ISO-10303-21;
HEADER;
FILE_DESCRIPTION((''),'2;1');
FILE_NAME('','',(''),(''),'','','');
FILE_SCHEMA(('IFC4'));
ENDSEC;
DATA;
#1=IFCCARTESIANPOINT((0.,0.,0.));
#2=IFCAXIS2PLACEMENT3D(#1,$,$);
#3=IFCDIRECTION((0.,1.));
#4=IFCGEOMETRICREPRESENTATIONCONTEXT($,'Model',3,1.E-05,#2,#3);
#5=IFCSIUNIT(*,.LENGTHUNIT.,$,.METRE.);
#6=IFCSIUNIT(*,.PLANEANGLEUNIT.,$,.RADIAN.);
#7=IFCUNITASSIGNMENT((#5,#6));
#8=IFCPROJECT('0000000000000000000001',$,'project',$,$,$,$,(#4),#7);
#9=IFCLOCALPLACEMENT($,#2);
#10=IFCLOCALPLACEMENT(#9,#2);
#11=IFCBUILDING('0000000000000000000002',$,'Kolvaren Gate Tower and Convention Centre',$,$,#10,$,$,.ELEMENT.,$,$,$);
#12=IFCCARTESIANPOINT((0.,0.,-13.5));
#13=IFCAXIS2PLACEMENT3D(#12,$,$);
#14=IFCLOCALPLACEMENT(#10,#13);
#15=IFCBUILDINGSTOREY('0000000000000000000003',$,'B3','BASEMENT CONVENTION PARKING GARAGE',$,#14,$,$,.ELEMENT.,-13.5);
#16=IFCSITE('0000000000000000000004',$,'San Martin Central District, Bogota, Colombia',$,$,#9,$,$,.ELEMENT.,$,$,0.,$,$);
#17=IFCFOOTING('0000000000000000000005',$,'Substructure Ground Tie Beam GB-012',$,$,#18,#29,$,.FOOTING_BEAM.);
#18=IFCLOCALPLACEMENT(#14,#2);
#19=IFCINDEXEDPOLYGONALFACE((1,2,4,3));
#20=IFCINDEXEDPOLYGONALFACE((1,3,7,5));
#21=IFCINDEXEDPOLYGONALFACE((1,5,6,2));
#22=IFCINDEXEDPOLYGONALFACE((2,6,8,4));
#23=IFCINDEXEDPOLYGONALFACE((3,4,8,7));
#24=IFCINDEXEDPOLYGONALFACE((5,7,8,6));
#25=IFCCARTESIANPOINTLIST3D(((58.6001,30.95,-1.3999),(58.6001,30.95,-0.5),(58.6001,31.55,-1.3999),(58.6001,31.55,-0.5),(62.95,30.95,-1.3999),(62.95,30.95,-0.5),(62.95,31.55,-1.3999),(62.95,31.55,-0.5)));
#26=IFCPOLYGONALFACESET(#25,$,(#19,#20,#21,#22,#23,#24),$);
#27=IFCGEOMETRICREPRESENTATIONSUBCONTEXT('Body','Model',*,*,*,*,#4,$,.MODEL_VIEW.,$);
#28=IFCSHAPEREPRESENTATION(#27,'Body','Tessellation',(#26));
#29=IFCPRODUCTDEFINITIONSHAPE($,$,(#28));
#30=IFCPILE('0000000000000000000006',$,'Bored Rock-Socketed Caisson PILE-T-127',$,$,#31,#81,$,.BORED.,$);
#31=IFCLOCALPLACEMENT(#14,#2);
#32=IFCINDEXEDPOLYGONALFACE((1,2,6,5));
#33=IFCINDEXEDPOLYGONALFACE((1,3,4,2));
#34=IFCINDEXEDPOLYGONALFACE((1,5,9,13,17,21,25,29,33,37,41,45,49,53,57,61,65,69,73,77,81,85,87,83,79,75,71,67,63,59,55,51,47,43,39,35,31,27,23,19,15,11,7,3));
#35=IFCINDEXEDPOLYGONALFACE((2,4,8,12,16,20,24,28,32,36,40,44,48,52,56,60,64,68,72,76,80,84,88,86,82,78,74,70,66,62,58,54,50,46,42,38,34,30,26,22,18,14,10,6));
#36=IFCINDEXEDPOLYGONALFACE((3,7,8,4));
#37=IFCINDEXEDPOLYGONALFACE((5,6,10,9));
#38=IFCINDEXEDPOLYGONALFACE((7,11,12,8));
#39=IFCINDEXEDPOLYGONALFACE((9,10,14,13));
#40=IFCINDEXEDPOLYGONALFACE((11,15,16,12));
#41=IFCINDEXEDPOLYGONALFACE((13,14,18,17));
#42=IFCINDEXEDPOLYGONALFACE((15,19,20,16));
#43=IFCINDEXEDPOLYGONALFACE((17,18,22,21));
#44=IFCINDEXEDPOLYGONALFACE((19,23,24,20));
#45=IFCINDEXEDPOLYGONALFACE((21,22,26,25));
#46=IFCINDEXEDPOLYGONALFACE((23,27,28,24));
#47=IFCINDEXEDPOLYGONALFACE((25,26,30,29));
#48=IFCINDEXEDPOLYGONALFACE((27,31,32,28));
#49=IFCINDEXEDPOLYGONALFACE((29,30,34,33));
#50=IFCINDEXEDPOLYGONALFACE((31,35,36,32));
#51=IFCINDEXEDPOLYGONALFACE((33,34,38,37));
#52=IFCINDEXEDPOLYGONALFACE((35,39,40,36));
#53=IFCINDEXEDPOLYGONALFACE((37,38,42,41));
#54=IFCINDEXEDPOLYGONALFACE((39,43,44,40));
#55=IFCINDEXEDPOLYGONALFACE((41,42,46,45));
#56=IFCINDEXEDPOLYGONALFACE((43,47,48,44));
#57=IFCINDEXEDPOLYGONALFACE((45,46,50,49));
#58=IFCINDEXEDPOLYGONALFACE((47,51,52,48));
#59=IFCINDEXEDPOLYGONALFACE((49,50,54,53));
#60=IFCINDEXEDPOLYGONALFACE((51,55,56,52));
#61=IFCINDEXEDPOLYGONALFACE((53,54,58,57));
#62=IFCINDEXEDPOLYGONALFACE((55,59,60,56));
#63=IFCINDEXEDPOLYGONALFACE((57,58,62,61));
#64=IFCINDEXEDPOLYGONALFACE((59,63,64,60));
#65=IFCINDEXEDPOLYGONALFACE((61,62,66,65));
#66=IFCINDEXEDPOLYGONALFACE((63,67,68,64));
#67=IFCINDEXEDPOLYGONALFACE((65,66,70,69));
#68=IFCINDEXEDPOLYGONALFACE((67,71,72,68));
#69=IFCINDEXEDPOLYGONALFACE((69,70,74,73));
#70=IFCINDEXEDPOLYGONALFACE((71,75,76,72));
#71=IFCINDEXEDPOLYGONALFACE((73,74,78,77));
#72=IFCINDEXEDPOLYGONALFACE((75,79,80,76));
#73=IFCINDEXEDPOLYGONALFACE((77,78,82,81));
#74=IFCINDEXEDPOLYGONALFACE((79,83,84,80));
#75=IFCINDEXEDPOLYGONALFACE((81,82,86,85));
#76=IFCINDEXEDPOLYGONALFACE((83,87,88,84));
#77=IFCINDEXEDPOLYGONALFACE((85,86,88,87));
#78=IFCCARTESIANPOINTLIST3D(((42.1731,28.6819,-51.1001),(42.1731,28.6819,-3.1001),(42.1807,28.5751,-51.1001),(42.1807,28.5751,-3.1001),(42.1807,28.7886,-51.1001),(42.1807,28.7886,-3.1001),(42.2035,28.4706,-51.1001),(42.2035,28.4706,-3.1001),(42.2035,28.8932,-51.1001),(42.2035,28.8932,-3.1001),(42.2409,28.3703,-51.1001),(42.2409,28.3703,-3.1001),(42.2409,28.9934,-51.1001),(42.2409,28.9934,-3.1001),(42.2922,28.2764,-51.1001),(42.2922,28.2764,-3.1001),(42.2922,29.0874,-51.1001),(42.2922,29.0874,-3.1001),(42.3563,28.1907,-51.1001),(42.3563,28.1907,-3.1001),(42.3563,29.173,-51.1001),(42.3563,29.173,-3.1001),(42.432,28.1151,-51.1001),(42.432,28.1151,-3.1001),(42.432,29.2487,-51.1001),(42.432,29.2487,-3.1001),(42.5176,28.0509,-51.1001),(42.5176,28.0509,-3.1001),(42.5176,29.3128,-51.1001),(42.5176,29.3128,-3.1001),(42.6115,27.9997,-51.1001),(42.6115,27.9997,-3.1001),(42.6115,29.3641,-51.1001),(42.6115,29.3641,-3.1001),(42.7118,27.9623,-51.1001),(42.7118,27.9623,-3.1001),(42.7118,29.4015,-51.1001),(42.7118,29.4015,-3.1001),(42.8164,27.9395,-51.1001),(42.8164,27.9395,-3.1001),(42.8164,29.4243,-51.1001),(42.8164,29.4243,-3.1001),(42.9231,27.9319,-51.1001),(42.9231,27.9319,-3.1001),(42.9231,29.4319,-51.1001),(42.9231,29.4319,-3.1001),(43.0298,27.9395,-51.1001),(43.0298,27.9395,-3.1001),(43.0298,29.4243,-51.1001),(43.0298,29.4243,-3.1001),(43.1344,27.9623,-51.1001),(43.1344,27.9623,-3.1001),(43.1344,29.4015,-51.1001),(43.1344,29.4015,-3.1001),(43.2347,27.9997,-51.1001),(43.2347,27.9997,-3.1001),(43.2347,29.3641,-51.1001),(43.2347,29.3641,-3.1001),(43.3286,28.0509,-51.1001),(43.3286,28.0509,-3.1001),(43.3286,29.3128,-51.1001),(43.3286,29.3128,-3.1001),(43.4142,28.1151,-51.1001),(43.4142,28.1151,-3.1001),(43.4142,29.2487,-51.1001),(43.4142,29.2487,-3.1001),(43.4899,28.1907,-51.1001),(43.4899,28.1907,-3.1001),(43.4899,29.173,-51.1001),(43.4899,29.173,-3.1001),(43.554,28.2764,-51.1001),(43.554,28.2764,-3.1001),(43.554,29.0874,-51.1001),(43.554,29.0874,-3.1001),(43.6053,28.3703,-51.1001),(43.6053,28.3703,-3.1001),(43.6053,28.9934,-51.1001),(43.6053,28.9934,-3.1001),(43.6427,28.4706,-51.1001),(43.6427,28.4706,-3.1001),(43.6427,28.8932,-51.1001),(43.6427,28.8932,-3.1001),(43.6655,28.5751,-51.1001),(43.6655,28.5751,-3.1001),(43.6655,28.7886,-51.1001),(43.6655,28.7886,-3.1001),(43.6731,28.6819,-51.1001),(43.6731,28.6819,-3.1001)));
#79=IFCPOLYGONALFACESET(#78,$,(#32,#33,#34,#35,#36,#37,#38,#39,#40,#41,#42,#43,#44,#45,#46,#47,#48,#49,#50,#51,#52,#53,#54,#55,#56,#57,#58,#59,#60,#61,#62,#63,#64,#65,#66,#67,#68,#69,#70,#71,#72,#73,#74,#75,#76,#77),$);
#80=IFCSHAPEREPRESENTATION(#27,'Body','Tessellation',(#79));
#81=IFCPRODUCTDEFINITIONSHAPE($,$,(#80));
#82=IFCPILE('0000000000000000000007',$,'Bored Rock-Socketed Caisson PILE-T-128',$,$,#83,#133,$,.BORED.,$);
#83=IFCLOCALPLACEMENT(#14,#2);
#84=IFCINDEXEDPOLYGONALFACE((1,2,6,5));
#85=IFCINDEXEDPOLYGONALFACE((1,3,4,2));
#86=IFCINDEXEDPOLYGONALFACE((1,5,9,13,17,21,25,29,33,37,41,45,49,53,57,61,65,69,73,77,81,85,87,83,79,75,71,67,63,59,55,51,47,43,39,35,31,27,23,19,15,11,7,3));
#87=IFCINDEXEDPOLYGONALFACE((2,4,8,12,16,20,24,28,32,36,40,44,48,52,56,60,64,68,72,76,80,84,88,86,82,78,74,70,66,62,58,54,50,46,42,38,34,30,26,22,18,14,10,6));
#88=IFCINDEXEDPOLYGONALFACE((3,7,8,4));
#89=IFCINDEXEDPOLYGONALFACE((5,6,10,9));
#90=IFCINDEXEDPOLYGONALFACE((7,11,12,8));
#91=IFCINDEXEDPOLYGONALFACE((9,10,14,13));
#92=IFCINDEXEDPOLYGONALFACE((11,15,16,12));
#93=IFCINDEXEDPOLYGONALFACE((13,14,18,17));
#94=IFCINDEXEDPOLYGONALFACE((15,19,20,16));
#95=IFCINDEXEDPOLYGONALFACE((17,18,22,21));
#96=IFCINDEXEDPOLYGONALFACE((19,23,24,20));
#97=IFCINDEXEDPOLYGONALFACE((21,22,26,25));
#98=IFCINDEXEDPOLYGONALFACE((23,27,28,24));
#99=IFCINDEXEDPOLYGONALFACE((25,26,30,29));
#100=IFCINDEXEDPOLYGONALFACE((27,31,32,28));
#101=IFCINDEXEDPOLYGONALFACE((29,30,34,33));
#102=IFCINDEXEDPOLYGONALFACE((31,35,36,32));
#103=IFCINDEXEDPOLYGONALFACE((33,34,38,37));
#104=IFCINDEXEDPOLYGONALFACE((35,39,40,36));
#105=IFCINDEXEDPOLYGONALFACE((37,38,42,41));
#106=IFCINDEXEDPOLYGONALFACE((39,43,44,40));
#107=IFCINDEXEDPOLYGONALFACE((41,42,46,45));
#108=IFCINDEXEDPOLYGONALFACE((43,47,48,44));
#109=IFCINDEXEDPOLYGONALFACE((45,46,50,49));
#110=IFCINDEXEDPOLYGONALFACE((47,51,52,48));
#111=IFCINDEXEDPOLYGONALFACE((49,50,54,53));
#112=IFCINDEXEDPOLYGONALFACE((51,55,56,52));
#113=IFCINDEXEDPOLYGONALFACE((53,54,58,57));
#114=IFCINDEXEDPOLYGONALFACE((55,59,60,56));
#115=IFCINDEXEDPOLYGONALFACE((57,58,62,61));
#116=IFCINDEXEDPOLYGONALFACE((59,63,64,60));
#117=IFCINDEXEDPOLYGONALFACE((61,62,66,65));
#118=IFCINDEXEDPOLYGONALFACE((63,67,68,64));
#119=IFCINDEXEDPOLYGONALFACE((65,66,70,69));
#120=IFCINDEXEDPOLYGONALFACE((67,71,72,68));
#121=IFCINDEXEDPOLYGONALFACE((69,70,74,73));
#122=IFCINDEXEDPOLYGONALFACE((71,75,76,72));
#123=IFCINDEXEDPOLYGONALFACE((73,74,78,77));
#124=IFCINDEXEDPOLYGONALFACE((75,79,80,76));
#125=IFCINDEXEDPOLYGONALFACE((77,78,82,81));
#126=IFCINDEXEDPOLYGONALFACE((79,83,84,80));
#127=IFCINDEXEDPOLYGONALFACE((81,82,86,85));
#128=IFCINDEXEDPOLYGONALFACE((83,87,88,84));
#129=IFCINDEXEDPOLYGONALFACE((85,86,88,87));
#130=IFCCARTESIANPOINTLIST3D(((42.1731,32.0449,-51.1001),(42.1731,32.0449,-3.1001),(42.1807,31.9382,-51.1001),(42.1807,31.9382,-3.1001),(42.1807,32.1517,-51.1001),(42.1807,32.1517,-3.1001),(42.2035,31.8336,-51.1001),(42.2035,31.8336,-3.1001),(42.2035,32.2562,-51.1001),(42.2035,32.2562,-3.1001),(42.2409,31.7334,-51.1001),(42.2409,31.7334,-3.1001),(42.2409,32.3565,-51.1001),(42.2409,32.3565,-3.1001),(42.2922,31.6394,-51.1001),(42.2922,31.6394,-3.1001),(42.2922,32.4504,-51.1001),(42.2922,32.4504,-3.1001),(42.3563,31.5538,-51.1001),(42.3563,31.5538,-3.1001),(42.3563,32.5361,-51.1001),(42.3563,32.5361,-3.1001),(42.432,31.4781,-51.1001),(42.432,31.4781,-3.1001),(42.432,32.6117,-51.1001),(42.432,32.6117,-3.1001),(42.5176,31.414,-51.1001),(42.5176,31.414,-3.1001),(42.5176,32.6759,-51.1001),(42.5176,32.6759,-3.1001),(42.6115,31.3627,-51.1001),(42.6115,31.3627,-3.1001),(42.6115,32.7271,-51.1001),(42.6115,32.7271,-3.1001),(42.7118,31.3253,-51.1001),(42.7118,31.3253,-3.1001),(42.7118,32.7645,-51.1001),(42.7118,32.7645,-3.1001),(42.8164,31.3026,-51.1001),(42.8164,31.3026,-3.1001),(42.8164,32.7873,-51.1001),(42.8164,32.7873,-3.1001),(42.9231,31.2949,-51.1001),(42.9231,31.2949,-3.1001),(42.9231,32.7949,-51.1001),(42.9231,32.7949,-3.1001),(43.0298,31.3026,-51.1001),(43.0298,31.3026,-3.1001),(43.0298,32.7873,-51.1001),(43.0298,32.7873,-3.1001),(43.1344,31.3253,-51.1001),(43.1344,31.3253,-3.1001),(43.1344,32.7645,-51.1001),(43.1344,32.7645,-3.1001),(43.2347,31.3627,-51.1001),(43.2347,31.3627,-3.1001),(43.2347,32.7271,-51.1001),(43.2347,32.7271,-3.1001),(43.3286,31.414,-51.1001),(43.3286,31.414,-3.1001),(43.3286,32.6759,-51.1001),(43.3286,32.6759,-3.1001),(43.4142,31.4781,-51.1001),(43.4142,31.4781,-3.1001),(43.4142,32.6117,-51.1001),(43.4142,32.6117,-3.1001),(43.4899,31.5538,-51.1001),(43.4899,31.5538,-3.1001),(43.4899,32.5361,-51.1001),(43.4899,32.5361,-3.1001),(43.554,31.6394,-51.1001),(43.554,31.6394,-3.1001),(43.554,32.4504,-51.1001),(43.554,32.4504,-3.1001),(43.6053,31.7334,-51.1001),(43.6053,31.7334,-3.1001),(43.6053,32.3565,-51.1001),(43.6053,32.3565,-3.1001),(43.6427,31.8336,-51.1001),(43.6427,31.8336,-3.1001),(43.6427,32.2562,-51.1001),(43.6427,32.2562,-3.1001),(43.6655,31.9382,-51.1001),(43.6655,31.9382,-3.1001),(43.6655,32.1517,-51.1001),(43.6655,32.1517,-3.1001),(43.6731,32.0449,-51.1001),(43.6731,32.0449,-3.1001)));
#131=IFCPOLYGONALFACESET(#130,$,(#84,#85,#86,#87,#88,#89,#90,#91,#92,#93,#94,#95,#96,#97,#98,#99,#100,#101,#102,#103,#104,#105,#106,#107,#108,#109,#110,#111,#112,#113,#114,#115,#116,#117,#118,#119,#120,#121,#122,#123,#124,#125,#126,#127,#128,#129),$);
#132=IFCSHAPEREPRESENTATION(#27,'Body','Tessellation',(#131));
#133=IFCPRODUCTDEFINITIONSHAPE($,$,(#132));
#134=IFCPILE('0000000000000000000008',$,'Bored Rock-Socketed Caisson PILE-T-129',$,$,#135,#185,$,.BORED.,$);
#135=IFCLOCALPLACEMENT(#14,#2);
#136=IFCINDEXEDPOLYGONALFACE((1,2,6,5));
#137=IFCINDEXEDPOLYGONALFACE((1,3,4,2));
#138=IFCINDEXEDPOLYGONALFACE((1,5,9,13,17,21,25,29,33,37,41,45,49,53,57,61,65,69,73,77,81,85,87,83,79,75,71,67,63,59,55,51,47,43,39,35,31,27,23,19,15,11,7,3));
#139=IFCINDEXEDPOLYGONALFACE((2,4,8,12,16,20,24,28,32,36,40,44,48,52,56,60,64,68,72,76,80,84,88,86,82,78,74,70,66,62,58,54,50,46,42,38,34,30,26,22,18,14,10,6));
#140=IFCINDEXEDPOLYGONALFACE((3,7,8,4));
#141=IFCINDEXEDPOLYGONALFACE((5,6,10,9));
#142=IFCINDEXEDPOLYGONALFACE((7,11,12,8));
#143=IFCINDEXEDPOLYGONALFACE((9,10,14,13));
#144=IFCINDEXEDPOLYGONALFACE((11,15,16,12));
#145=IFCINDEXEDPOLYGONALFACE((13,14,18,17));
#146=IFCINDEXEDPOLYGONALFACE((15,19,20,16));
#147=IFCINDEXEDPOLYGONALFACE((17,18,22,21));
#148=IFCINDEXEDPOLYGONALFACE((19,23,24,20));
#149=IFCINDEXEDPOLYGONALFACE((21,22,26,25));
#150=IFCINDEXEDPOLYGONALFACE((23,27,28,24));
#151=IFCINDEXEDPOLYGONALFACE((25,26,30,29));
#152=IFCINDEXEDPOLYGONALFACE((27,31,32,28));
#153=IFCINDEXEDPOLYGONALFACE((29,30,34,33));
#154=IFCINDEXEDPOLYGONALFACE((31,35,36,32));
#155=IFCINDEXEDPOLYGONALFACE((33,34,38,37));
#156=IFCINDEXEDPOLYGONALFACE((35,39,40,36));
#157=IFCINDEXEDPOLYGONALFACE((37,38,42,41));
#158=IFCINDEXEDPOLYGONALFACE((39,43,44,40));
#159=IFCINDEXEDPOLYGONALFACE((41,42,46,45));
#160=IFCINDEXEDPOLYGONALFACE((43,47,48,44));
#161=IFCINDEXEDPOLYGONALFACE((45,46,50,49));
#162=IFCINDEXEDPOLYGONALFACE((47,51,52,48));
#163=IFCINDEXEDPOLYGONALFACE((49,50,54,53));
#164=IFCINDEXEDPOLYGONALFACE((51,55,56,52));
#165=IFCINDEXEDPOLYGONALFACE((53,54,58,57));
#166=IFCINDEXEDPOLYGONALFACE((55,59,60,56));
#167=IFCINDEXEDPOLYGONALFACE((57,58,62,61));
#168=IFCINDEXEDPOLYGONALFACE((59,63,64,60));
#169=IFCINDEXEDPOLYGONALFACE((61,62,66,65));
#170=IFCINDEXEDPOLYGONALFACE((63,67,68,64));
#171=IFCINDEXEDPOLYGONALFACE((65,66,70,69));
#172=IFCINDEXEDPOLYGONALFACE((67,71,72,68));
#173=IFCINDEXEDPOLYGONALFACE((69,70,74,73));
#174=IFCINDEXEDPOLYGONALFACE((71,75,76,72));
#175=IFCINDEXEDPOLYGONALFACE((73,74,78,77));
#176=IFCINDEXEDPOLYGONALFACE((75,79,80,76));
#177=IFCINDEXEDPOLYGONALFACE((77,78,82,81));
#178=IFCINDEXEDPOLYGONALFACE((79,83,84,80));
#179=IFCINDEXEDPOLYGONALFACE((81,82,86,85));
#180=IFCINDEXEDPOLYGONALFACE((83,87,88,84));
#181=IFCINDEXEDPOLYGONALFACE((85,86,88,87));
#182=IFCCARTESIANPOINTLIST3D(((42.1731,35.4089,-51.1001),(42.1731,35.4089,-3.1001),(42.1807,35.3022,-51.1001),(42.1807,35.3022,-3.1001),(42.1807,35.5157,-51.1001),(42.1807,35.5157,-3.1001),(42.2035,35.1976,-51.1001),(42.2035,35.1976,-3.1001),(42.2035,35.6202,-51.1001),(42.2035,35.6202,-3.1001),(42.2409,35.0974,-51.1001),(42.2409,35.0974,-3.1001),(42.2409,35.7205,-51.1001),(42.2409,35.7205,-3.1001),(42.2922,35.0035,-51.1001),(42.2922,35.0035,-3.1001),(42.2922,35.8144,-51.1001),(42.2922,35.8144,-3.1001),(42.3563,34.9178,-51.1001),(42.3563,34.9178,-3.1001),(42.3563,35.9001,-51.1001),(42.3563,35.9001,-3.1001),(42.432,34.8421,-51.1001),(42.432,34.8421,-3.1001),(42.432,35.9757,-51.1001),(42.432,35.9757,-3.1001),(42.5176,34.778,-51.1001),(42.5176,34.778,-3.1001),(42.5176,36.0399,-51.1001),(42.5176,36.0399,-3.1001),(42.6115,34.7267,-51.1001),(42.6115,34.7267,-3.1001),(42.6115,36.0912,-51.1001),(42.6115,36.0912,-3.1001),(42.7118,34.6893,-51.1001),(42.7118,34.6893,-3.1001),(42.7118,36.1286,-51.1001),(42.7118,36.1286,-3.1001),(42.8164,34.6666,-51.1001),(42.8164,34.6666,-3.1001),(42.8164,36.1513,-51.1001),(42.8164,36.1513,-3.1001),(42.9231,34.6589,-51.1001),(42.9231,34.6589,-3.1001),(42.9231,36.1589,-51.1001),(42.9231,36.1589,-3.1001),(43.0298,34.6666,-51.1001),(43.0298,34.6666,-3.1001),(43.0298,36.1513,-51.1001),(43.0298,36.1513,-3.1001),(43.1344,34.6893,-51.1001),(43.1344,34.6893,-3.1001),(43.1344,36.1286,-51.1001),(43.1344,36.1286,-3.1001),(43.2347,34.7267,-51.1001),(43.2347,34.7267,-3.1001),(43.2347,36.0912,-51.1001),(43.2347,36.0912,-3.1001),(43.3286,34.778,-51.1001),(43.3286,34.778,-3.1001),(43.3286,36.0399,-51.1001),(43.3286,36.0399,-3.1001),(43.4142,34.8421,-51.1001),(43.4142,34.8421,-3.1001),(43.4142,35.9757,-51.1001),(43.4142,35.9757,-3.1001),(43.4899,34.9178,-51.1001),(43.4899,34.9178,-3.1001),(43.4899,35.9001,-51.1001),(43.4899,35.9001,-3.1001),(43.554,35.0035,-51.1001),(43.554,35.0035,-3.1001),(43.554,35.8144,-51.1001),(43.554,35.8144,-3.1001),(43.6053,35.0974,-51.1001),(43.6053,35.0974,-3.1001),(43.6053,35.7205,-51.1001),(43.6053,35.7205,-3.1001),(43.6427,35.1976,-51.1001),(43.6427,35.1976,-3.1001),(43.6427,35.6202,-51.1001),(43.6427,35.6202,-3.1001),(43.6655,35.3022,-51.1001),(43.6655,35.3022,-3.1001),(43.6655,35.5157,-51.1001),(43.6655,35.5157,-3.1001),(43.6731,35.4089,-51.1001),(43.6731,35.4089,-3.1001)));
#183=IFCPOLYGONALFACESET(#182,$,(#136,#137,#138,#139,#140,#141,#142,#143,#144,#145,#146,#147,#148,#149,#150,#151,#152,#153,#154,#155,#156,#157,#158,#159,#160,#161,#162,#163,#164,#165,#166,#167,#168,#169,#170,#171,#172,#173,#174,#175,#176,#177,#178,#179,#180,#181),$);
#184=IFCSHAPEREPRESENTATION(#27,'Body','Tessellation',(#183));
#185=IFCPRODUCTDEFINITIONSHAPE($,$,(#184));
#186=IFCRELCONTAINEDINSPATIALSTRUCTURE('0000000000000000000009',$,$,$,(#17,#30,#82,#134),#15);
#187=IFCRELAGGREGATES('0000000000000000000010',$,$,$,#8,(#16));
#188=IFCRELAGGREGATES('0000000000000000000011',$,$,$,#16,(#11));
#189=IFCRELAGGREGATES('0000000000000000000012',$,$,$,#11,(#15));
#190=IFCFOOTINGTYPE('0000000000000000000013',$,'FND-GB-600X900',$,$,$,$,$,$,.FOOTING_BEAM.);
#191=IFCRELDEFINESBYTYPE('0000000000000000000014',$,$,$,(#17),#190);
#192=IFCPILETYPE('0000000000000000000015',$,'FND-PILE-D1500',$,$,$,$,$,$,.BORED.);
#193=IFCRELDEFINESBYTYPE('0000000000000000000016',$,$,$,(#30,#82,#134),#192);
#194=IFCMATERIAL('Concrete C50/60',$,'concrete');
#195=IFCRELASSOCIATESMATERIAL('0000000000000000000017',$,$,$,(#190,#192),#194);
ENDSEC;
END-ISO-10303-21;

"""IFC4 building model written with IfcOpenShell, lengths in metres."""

from ifc_helpers import new_model, si_unit, direction, frame, origin, origin_2d, place, context, subcontext, project, spatial, rectangle, circle, extrude, material, material_profile, profile_set, type_object, element, save


model = new_model("IFC4")

# Units and contexts
model_context = context("Model", 3, precision=1e-05, world=origin(), true_north=direction((0.0, 1.0)))
body_context = subcontext(model_context, "Body", "Model", "MODEL_VIEW")
ifc_project = project(units=[si_unit("LENGTHUNIT", "METRE"), si_unit("PLANEANGLEUNIT", "RADIAN")], contexts=[model_context])

# Site, building, storey
site_placement = place(None, origin())
site = spatial("IfcSite", under=ifc_project, at=site_placement, Name="San Martin Central District, Bogota, Colombia", CompositionType="ELEMENT", RefElevation=0.0)
building_placement = place(site_placement, origin())
building = spatial("IfcBuilding", under=site, at=building_placement, Name="Kolvaren Gate Tower and Convention Centre", CompositionType="ELEMENT")
storey_placement = place(building_placement, frame((0.0, 0.0, -13.5)))
storey = spatial("IfcBuildingStorey", under=building, at=storey_placement, Name="B3", Description="BASEMENT CONVENTION PARKING GARAGE", CompositionType="ELEMENT", Elevation=-13.5)

# Footing
ifc_material_1 = material(Name="Concrete C50/60", Category="concrete")
ifc_material_profile_1 = material_profile(ifc_material_1, rectangle(XDim=0.6001, YDim=0.8999, at=origin_2d()), Name="RC-BM-600X900")
ifc_profile_set_1 = profile_set([ifc_material_profile_1], Name="Concrete C50/60")
footing_type = type_object("IfcFootingType", Name="FND-GB-600X900", PredefinedType="FOOTING_BEAM", material=ifc_profile_set_1)
footing_placement = place(storey_placement, frame((58.6001, 31.25, -0.95), z_axis=(1.0, 0.0, 0.0), x_axis=(0.0, 1.0, 0.0)))
element("IfcFooting", 1, at=footing_placement, inside=storey, type_object=footing_type, Name="Substructure Ground Tie Beam GB-012", PredefinedType="FOOTING_BEAM", context=body_context, shape_type="SweptSolid", body=[
    extrude(rectangle(XDim=0.6001, YDim=0.8999, at=origin_2d()), origin(), (0.0, 0.0, 1.0), 4.3499),
])

# Piles
ifc_material_profile_2 = material_profile(ifc_material_1, circle(Radius=0.75, at=origin_2d()), Name="CAISSON-D1500")
ifc_profile_set_2 = profile_set([ifc_material_profile_2], Name="Concrete C50/60")
pile_type = type_object("IfcPileType", Name="FND-PILE-D1500", PredefinedType="BORED", material=ifc_profile_set_2)
for number, where, z_axis, x_axis, name in (
    (2, (42.9231, 28.6819, -3.1001), (0.0, 0.0, -1.0), (1.0, 0.0, 0.0), "Bored Rock-Socketed Caisson PILE-T-127"),
    (3, (42.9231, 32.0449, -3.1001), (0.0, 0.0, -1.0), (1.0, 0.0, 0.0), "Bored Rock-Socketed Caisson PILE-T-128"),
    (4, (42.9231, 35.4089, -3.1001), (0.0, 0.0, -1.0), (1.0, 0.0, 0.0), "Bored Rock-Socketed Caisson PILE-T-129"),
):
    element("IfcPile", number, at=place(storey_placement, frame(where, z_axis=z_axis, x_axis=x_axis)), inside=storey, type_object=pile_type, Name=name, PredefinedType="BORED", context=body_context, shape_type="SweptSolid", body=[
        extrude(circle(Radius=0.75, at=origin_2d()), origin(), (0.0, 0.0, 1.0), 48.0),
    ])

save(model, "model.ifc")
